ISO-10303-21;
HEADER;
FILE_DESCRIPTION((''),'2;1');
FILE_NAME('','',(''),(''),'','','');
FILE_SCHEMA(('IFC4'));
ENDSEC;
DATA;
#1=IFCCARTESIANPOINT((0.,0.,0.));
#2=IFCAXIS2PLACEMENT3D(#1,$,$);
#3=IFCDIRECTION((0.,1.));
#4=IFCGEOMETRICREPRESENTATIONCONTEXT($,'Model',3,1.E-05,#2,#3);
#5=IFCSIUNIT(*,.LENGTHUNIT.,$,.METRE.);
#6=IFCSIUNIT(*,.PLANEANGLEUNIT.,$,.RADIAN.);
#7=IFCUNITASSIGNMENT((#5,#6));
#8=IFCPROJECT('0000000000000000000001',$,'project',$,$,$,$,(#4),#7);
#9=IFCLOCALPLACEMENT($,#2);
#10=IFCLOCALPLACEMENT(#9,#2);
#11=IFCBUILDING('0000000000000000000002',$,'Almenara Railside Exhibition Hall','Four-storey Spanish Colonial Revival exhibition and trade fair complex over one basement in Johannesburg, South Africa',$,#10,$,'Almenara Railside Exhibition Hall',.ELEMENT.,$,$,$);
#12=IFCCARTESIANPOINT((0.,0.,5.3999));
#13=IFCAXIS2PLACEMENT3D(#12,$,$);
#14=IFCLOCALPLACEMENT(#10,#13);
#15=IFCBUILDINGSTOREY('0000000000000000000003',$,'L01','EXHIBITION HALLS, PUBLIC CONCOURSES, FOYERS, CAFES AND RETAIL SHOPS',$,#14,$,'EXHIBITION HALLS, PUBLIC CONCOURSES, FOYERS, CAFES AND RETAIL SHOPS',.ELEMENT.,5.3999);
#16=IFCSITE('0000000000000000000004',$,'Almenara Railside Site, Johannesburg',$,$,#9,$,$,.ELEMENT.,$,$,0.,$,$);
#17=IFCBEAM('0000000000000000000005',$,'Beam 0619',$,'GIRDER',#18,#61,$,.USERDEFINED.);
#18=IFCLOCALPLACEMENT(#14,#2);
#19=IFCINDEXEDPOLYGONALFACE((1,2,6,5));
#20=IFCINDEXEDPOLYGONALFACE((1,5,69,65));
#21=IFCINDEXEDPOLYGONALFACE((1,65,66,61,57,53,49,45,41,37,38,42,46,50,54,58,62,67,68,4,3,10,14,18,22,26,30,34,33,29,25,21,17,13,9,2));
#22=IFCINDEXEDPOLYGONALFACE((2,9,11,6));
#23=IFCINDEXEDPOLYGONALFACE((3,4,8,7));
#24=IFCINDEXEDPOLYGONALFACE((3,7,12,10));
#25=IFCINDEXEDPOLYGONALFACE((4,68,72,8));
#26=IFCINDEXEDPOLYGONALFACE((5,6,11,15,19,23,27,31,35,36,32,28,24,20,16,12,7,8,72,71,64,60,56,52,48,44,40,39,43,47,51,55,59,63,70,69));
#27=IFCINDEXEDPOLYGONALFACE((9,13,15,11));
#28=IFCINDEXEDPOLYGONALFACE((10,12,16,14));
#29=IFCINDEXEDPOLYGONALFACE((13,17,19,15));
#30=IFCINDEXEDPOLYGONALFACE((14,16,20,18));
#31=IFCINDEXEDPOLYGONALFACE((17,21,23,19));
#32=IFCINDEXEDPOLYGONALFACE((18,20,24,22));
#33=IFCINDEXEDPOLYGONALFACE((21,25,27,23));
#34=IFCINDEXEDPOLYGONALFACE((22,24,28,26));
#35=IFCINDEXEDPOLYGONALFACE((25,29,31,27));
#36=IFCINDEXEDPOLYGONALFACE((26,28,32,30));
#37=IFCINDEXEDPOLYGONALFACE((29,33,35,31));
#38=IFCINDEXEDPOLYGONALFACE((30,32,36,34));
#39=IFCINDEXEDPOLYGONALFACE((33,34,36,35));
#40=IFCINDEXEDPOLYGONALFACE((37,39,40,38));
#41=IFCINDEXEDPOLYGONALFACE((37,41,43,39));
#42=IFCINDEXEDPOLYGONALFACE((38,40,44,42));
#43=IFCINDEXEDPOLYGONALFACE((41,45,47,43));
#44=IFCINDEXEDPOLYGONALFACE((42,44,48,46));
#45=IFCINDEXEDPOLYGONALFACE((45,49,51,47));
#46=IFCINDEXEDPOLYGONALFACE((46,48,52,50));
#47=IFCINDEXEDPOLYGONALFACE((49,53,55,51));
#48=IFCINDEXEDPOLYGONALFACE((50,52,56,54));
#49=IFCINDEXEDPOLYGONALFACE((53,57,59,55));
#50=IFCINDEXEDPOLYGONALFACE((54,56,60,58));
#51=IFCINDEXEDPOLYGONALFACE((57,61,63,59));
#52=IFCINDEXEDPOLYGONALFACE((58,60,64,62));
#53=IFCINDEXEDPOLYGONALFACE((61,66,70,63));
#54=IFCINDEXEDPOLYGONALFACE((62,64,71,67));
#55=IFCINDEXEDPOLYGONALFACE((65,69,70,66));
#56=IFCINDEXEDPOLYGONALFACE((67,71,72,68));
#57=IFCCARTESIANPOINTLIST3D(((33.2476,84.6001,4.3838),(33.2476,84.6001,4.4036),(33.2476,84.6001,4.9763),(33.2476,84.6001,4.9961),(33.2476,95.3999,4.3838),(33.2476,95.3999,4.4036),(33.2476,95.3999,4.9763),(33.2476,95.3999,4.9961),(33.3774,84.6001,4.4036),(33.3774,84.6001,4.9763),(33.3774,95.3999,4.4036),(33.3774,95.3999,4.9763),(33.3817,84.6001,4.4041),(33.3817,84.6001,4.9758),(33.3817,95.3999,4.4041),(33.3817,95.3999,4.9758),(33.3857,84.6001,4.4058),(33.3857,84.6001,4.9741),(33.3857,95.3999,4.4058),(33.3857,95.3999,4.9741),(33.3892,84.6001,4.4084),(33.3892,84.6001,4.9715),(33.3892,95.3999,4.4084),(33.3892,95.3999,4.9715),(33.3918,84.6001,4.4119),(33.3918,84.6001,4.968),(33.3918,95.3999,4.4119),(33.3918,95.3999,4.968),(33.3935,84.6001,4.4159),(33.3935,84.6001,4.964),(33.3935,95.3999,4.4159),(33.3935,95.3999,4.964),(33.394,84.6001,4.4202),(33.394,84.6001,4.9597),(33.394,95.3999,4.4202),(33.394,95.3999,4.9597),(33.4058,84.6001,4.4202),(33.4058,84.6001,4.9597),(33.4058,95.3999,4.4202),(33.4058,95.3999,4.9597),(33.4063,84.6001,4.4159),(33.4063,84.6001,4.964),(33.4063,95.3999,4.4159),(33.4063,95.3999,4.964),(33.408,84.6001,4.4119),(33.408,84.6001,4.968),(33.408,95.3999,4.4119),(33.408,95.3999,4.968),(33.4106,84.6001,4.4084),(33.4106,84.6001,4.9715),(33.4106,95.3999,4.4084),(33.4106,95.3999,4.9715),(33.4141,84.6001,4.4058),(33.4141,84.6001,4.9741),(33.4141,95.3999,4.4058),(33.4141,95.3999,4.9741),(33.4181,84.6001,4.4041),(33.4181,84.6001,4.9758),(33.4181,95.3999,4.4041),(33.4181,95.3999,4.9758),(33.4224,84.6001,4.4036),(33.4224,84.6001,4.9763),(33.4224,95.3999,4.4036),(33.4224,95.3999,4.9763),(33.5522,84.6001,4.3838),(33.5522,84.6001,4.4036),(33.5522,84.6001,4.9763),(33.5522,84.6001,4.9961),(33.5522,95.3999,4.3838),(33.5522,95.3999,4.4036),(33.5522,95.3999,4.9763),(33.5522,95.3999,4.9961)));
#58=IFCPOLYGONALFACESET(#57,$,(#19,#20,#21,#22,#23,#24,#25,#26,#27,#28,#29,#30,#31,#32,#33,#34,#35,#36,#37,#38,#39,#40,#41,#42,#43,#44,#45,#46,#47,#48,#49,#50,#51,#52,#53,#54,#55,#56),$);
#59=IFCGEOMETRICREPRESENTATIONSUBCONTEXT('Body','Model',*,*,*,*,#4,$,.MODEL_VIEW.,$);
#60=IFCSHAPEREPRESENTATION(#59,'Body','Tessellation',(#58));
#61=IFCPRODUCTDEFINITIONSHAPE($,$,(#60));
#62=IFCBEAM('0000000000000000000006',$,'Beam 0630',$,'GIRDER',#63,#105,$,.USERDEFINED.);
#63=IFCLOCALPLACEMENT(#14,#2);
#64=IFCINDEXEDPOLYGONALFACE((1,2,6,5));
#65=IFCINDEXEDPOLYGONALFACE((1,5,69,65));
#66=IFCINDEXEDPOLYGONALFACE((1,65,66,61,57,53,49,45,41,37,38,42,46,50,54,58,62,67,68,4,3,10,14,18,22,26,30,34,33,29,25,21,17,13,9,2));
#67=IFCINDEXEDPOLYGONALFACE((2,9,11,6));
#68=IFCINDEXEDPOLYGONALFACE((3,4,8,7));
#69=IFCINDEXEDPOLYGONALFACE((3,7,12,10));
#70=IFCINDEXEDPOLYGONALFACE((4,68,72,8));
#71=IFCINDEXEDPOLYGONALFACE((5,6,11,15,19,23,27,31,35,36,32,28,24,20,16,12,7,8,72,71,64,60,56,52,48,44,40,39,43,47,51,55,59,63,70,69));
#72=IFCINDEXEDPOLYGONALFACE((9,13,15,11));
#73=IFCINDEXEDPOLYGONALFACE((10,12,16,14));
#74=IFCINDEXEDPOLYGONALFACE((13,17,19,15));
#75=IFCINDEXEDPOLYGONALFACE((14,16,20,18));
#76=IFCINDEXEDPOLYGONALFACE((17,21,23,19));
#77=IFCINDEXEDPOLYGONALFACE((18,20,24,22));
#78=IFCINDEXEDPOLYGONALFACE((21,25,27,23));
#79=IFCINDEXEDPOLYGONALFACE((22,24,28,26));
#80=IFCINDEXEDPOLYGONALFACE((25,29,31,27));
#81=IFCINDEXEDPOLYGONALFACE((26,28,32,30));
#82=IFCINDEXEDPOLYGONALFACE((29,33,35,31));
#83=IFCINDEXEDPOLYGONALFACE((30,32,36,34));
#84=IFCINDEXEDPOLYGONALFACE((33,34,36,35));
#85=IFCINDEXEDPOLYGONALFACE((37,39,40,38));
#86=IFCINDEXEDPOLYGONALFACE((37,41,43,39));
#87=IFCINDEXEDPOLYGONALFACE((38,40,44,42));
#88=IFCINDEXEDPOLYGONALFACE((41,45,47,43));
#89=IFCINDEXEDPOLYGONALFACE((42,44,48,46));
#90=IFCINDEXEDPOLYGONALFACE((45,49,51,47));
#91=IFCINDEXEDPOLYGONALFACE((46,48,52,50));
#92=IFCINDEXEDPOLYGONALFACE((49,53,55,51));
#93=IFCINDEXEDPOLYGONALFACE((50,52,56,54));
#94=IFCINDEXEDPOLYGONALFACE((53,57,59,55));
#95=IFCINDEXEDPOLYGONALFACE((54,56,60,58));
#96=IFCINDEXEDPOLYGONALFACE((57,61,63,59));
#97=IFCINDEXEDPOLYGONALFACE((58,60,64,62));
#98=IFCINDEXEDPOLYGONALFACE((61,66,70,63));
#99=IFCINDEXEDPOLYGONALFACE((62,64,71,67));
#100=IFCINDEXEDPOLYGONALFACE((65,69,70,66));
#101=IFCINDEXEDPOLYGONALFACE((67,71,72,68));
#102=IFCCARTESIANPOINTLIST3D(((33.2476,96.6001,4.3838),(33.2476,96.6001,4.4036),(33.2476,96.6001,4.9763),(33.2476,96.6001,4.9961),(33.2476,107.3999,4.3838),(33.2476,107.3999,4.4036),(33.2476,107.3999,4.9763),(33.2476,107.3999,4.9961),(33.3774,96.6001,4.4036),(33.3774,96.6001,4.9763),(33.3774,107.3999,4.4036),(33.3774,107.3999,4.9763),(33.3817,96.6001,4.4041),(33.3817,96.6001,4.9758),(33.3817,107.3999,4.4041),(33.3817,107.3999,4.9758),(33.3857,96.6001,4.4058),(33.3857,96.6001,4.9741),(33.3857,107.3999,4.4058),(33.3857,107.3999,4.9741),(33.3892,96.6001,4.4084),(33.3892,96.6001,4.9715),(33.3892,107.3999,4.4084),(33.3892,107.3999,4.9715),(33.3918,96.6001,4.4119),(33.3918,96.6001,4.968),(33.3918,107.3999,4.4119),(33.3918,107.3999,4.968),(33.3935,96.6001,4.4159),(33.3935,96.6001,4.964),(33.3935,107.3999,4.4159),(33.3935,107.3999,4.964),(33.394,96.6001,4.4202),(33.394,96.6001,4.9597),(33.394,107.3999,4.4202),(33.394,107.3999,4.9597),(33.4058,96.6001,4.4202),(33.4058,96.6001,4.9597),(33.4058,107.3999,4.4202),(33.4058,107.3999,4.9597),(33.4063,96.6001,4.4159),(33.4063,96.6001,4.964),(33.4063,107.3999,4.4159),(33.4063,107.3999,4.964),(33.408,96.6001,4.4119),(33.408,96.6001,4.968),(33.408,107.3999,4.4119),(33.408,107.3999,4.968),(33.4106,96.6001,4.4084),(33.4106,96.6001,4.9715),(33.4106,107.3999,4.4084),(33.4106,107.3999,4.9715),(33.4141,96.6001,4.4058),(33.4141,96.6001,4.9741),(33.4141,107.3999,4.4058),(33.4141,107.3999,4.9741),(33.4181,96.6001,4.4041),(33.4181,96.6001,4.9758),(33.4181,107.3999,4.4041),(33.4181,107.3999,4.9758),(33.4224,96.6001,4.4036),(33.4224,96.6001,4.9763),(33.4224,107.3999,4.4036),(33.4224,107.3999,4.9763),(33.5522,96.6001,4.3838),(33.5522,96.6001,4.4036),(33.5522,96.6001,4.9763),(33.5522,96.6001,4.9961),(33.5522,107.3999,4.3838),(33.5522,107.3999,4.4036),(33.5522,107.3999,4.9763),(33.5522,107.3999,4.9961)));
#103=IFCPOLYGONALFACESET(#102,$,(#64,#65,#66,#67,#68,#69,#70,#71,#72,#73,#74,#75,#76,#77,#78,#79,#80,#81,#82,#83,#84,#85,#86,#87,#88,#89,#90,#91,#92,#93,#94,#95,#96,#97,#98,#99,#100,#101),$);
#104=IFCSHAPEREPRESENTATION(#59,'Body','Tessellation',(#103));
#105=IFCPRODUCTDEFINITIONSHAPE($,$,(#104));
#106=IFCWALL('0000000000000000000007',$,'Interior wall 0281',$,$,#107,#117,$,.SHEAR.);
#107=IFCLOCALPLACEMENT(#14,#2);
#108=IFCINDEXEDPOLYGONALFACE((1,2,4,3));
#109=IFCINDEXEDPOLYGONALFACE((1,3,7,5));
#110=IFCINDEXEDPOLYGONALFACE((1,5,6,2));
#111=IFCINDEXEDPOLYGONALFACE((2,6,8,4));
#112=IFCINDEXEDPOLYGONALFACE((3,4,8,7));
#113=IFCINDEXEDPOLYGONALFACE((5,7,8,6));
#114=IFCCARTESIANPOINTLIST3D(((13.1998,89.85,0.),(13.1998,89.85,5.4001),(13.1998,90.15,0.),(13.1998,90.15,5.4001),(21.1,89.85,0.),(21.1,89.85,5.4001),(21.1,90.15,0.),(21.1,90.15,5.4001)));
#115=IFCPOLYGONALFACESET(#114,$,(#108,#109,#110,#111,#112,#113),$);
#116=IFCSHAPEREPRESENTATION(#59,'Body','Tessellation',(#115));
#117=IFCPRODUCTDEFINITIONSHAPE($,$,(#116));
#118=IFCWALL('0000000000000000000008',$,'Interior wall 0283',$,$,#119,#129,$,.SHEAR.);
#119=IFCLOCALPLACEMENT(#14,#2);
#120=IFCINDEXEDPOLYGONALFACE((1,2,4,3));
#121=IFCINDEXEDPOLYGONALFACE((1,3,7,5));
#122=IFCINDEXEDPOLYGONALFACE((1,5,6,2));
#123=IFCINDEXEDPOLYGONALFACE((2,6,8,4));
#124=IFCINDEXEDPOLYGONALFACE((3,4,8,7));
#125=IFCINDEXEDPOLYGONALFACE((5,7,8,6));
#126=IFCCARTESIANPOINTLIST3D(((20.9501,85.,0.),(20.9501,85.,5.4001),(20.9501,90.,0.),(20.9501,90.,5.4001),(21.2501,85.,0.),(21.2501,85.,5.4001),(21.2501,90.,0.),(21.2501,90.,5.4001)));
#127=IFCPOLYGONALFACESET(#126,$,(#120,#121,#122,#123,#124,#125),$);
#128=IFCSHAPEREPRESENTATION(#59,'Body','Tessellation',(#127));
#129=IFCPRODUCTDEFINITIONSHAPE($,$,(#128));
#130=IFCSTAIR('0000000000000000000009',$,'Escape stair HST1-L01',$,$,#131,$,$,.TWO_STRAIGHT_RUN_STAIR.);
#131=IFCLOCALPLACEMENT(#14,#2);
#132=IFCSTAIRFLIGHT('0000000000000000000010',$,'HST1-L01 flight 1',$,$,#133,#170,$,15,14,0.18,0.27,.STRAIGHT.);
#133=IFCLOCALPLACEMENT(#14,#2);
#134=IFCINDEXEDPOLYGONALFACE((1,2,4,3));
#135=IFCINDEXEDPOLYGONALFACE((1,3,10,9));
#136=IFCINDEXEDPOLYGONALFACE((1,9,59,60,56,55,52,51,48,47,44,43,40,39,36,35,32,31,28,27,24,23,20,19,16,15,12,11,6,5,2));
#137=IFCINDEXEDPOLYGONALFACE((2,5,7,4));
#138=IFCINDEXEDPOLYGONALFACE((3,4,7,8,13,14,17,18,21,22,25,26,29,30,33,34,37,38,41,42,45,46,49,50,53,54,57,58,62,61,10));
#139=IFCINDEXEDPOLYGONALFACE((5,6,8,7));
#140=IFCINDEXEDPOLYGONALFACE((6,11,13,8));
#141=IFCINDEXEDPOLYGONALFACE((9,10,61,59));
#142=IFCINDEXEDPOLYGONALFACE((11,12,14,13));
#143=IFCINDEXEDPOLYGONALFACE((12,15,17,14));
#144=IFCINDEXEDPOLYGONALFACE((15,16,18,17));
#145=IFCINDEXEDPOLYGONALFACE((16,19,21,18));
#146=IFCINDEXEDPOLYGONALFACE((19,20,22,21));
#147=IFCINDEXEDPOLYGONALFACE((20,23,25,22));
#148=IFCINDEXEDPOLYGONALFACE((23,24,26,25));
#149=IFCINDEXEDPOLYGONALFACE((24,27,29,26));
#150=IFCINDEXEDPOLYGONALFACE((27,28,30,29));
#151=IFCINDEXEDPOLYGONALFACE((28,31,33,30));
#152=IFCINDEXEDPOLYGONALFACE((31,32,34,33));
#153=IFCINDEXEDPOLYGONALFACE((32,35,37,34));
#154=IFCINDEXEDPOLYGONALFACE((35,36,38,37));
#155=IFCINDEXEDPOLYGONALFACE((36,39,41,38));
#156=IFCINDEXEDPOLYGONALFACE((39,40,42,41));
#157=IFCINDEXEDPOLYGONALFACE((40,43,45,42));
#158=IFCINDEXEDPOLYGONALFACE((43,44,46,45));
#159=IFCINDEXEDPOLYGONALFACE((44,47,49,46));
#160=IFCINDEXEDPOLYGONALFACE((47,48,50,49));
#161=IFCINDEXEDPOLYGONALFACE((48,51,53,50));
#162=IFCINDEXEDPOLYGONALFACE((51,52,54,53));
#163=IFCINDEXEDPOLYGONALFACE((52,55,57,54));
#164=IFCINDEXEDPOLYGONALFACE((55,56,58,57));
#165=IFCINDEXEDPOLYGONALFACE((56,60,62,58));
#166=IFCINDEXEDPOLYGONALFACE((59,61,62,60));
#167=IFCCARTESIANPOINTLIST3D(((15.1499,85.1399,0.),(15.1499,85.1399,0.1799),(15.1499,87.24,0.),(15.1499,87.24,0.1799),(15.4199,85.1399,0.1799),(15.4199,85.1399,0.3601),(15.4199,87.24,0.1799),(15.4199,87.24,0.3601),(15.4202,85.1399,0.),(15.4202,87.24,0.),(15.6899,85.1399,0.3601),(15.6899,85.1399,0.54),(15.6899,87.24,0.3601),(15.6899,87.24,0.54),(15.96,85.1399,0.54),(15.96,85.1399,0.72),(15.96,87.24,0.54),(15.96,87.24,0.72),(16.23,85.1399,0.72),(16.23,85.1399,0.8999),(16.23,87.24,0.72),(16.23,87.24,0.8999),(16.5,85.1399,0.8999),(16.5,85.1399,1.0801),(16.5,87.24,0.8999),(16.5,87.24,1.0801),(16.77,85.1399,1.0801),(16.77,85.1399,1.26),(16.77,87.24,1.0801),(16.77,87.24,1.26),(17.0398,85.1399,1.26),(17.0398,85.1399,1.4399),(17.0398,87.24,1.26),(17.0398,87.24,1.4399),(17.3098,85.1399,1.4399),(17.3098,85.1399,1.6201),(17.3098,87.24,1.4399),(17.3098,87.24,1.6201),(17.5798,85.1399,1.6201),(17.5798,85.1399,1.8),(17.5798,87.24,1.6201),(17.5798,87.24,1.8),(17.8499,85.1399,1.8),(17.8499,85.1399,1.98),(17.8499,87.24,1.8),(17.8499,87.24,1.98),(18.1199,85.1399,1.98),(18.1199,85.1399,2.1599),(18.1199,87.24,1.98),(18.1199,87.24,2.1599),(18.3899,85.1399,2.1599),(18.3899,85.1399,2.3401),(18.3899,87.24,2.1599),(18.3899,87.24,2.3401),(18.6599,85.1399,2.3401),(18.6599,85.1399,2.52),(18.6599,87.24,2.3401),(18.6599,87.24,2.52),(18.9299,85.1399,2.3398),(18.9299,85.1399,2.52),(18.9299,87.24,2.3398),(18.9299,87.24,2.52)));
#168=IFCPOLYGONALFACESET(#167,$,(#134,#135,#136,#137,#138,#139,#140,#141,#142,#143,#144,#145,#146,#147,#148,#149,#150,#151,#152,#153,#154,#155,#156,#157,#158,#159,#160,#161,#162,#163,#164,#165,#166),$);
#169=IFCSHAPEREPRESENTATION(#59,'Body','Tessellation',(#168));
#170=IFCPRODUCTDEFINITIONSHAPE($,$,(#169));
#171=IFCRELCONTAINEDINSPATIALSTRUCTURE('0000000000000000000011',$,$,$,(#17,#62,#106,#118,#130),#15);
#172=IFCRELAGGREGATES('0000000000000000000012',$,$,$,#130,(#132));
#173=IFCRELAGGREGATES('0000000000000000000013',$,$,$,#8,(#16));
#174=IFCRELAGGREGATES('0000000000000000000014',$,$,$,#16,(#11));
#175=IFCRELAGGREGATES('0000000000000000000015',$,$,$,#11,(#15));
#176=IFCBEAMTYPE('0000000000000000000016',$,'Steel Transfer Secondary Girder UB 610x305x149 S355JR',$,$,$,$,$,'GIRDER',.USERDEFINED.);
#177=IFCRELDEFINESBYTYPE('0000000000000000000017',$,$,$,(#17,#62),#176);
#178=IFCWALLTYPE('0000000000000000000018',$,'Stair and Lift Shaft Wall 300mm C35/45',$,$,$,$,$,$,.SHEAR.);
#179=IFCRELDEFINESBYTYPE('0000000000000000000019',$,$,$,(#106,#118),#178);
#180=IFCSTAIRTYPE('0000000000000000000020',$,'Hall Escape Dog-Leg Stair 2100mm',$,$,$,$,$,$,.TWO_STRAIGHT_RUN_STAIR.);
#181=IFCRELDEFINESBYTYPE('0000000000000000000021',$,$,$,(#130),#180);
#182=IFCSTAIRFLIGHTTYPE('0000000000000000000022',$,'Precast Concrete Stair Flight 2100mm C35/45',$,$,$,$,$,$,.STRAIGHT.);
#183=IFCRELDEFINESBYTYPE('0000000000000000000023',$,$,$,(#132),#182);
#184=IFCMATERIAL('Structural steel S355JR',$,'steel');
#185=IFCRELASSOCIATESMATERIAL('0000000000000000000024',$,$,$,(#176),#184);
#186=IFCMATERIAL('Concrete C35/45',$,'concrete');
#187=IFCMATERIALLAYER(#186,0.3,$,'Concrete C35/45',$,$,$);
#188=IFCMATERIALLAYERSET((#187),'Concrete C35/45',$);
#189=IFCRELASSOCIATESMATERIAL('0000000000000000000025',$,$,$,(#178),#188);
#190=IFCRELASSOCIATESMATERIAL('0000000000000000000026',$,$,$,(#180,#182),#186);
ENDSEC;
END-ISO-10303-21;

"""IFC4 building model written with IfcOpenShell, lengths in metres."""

from ifc_helpers import new_model, si_unit, direction, frame, frame_2d, origin, origin_2d, place, context, subcontext, project, spatial, polyline, rectangle, i_section, outline, extrude, material, layer, layer_set, material_profile, profile_set, type_object, element, aggregate, save


model = new_model("IFC4")

# Units and contexts
model_context = context("Model", 3, precision=1e-05, world=origin(), true_north=direction((0.0, 1.0)))
body_context = subcontext(model_context, "Body", "Model", "MODEL_VIEW")
ifc_project = project(units=[si_unit("LENGTHUNIT", "METRE"), si_unit("PLANEANGLEUNIT", "RADIAN")], contexts=[model_context])

# Site, building, storey
site_placement = place(None, origin())
site = spatial("IfcSite", under=ifc_project, at=site_placement, Name="Almenara Railside Site, Johannesburg", CompositionType="ELEMENT", RefElevation=0.0)
building_placement = place(site_placement, origin())
building = spatial("IfcBuilding", under=site, at=building_placement, Name="Almenara Railside Exhibition Hall", Description="Four-storey Spanish Colonial Revival exhibition and trade fair complex over one basement in Johannesburg, South Africa", LongName="Almenara Railside Exhibition Hall", CompositionType="ELEMENT")
storey_placement = place(building_placement, frame((0.0, 0.0, 5.3999)))
storey = spatial("IfcBuildingStorey", under=building, at=storey_placement, Name="L01", Description="EXHIBITION HALLS, PUBLIC CONCOURSES, FOYERS, CAFES AND RETAIL SHOPS", LongName="EXHIBITION HALLS, PUBLIC CONCOURSES, FOYERS, CAFES AND RETAIL SHOPS", CompositionType="ELEMENT", Elevation=5.3999)

# Beams
ifc_material_1 = material(Name="Structural steel S355JR", Category="steel")
ifc_material_profile_1 = material_profile(ifc_material_1, i_section(OverallWidth=0.3047, OverallDepth=0.6123, WebThickness=0.0117, FlangeThickness=0.0198, FilletRadius=0.0166, at=origin_2d()), Name="UB 610x305x149")
ifc_profile_set_1 = profile_set([ifc_material_profile_1], Name="Structural steel S355JR")
beam_type_1 = type_object("IfcBeamType", Name="Steel Transfer Secondary Girder UB 610x305x149 S355JR", ElementType="GIRDER", PredefinedType="USERDEFINED", material=ifc_profile_set_1)
for number, where, z_axis, x_axis, name in (
    (1, (33.3999, 84.6001, 4.6899), (0.0, 1.0, 0.0), (-1.0, 0.0, 0.0), "Beam 0619"),
    (2, (33.3999, 96.6001, 4.6899), (0.0, 1.0, 0.0), (-1.0, 0.0, 0.0), "Beam 0630"),
):
    element("IfcBeam", number, at=place(storey_placement, frame(where, z_axis=z_axis, x_axis=x_axis)), inside=storey, type_object=beam_type_1, Name=name, ObjectType="GIRDER", PredefinedType="USERDEFINED", context=body_context, shape_type="SweptSolid", body=[
        extrude(i_section(OverallWidth=0.3047, OverallDepth=0.6123, WebThickness=0.0117, FlangeThickness=0.0198, FilletRadius=0.0166, at=origin_2d()), origin(), (0.0, 0.0, 1.0), 10.7998),
    ])

# Walls
ifc_material_2 = material(Name="Concrete C35/45", Category="concrete")
ifc_layer = layer(ifc_material_2, 0.3, Name="Concrete C35/45")
ifc_layer_set = layer_set([ifc_layer], Name="Concrete C35/45")
wall_type = type_object("IfcWallType", Name="Stair and Lift Shaft Wall 300mm C35/45", PredefinedType="SHEAR", material=ifc_layer_set)
wall_1_placement = place(storey_placement, frame((21.1001, 90.0, 0.0), z_axis=(0.0, 0.0, 1.0), x_axis=(-1.0, 0.0, 0.0)))
element("IfcWall", 3, at=wall_1_placement, inside=storey, type_object=wall_type, Name="Interior wall 0281", PredefinedType="SHEAR", context=body_context, shape_type="SweptSolid", body=[
    extrude(rectangle(XDim=7.9001, YDim=0.3, at=frame_2d((3.9502, 0.0))), origin(), (0.0, 0.0, 1.0), 5.4001),
])
wall_2_placement = place(storey_placement, frame((21.1001, 85.0, 0.0), z_axis=(0.0, 0.0, 1.0), x_axis=(0.0, 1.0, 0.0)))
element("IfcWall", 4, at=wall_2_placement, inside=storey, type_object=wall_type, Name="Interior wall 0283", PredefinedType="SHEAR", context=body_context, shape_type="SweptSolid", body=[
    extrude(rectangle(XDim=5.0, YDim=0.3, at=frame_2d((2.5, 0.0))), origin(), (0.0, 0.0, 1.0), 5.4001),
])

# Stair, stair flight
stair_type = type_object("IfcStairType", Name="Hall Escape Dog-Leg Stair 2100mm", PredefinedType="TWO_STRAIGHT_RUN_STAIR", material=ifc_material_2)
stair_placement = place(storey_placement, origin())
stair = element("IfcStair", 5, at=stair_placement, inside=storey, type_object=stair_type, Name="Escape stair HST1-L01", PredefinedType="TWO_STRAIGHT_RUN_STAIR")
stair_flight_type = type_object("IfcStairFlightType", Name="Precast Concrete Stair Flight 2100mm C35/45", PredefinedType="STRAIGHT", material=ifc_material_2)
stair_flight_1_placement = place(storey_placement, frame((15.1499, 86.1899, 0.0), z_axis=(0.0, 0.0, 1.0), x_axis=(1.0, 0.0, 0.0)))
stair_flight_1 = element("IfcStairFlight", 6, at=stair_flight_1_placement, type_object=stair_flight_type, Name="HST1-L01 flight 1", NumberOfRisers=15, NumberOfTreads=14, PredefinedType="STRAIGHT", RiserHeight=0.18, TreadLength=0.27, context=body_context, shape_type="SweptSolid", body=[
    extrude(outline(polyline([(0.0, 0.0), (0.0, 0.1799), (0.27, 0.1799), (0.27, 0.3601), (0.54, 0.3601), (0.54, 0.54), (0.8101, 0.54), (0.8101, 0.72), (1.0801, 0.72), (1.0801, 0.8999), (1.3501, 0.8999), (1.3501, 1.0801), (1.6201, 1.0801), (1.6201, 1.26), (1.8899, 1.26), (1.8899, 1.4399), (2.1599, 1.4399), (2.1599, 1.6201), (2.4299, 1.6201), (2.4299, 1.8), (2.7, 1.8), (2.7, 1.98), (2.97, 1.98), (2.97, 2.1599), (3.24, 2.1599), (3.24, 2.3401), (3.51, 2.3401), (3.51, 2.52), (3.78, 2.52), (3.78, 2.7), (3.78, 2.3398), (0.2703, 0.0), (0.0, 0.0)])), frame((0.0, 1.05, 0.0), z_axis=(0.0, -1.0, 0.0), x_axis=(1.0, 0.0, 0.0)), (0.0, 0.0, 1.0), 2.1001),
])
aggregate(stair, [stair_flight_1])

save(model, "model.ifc")
